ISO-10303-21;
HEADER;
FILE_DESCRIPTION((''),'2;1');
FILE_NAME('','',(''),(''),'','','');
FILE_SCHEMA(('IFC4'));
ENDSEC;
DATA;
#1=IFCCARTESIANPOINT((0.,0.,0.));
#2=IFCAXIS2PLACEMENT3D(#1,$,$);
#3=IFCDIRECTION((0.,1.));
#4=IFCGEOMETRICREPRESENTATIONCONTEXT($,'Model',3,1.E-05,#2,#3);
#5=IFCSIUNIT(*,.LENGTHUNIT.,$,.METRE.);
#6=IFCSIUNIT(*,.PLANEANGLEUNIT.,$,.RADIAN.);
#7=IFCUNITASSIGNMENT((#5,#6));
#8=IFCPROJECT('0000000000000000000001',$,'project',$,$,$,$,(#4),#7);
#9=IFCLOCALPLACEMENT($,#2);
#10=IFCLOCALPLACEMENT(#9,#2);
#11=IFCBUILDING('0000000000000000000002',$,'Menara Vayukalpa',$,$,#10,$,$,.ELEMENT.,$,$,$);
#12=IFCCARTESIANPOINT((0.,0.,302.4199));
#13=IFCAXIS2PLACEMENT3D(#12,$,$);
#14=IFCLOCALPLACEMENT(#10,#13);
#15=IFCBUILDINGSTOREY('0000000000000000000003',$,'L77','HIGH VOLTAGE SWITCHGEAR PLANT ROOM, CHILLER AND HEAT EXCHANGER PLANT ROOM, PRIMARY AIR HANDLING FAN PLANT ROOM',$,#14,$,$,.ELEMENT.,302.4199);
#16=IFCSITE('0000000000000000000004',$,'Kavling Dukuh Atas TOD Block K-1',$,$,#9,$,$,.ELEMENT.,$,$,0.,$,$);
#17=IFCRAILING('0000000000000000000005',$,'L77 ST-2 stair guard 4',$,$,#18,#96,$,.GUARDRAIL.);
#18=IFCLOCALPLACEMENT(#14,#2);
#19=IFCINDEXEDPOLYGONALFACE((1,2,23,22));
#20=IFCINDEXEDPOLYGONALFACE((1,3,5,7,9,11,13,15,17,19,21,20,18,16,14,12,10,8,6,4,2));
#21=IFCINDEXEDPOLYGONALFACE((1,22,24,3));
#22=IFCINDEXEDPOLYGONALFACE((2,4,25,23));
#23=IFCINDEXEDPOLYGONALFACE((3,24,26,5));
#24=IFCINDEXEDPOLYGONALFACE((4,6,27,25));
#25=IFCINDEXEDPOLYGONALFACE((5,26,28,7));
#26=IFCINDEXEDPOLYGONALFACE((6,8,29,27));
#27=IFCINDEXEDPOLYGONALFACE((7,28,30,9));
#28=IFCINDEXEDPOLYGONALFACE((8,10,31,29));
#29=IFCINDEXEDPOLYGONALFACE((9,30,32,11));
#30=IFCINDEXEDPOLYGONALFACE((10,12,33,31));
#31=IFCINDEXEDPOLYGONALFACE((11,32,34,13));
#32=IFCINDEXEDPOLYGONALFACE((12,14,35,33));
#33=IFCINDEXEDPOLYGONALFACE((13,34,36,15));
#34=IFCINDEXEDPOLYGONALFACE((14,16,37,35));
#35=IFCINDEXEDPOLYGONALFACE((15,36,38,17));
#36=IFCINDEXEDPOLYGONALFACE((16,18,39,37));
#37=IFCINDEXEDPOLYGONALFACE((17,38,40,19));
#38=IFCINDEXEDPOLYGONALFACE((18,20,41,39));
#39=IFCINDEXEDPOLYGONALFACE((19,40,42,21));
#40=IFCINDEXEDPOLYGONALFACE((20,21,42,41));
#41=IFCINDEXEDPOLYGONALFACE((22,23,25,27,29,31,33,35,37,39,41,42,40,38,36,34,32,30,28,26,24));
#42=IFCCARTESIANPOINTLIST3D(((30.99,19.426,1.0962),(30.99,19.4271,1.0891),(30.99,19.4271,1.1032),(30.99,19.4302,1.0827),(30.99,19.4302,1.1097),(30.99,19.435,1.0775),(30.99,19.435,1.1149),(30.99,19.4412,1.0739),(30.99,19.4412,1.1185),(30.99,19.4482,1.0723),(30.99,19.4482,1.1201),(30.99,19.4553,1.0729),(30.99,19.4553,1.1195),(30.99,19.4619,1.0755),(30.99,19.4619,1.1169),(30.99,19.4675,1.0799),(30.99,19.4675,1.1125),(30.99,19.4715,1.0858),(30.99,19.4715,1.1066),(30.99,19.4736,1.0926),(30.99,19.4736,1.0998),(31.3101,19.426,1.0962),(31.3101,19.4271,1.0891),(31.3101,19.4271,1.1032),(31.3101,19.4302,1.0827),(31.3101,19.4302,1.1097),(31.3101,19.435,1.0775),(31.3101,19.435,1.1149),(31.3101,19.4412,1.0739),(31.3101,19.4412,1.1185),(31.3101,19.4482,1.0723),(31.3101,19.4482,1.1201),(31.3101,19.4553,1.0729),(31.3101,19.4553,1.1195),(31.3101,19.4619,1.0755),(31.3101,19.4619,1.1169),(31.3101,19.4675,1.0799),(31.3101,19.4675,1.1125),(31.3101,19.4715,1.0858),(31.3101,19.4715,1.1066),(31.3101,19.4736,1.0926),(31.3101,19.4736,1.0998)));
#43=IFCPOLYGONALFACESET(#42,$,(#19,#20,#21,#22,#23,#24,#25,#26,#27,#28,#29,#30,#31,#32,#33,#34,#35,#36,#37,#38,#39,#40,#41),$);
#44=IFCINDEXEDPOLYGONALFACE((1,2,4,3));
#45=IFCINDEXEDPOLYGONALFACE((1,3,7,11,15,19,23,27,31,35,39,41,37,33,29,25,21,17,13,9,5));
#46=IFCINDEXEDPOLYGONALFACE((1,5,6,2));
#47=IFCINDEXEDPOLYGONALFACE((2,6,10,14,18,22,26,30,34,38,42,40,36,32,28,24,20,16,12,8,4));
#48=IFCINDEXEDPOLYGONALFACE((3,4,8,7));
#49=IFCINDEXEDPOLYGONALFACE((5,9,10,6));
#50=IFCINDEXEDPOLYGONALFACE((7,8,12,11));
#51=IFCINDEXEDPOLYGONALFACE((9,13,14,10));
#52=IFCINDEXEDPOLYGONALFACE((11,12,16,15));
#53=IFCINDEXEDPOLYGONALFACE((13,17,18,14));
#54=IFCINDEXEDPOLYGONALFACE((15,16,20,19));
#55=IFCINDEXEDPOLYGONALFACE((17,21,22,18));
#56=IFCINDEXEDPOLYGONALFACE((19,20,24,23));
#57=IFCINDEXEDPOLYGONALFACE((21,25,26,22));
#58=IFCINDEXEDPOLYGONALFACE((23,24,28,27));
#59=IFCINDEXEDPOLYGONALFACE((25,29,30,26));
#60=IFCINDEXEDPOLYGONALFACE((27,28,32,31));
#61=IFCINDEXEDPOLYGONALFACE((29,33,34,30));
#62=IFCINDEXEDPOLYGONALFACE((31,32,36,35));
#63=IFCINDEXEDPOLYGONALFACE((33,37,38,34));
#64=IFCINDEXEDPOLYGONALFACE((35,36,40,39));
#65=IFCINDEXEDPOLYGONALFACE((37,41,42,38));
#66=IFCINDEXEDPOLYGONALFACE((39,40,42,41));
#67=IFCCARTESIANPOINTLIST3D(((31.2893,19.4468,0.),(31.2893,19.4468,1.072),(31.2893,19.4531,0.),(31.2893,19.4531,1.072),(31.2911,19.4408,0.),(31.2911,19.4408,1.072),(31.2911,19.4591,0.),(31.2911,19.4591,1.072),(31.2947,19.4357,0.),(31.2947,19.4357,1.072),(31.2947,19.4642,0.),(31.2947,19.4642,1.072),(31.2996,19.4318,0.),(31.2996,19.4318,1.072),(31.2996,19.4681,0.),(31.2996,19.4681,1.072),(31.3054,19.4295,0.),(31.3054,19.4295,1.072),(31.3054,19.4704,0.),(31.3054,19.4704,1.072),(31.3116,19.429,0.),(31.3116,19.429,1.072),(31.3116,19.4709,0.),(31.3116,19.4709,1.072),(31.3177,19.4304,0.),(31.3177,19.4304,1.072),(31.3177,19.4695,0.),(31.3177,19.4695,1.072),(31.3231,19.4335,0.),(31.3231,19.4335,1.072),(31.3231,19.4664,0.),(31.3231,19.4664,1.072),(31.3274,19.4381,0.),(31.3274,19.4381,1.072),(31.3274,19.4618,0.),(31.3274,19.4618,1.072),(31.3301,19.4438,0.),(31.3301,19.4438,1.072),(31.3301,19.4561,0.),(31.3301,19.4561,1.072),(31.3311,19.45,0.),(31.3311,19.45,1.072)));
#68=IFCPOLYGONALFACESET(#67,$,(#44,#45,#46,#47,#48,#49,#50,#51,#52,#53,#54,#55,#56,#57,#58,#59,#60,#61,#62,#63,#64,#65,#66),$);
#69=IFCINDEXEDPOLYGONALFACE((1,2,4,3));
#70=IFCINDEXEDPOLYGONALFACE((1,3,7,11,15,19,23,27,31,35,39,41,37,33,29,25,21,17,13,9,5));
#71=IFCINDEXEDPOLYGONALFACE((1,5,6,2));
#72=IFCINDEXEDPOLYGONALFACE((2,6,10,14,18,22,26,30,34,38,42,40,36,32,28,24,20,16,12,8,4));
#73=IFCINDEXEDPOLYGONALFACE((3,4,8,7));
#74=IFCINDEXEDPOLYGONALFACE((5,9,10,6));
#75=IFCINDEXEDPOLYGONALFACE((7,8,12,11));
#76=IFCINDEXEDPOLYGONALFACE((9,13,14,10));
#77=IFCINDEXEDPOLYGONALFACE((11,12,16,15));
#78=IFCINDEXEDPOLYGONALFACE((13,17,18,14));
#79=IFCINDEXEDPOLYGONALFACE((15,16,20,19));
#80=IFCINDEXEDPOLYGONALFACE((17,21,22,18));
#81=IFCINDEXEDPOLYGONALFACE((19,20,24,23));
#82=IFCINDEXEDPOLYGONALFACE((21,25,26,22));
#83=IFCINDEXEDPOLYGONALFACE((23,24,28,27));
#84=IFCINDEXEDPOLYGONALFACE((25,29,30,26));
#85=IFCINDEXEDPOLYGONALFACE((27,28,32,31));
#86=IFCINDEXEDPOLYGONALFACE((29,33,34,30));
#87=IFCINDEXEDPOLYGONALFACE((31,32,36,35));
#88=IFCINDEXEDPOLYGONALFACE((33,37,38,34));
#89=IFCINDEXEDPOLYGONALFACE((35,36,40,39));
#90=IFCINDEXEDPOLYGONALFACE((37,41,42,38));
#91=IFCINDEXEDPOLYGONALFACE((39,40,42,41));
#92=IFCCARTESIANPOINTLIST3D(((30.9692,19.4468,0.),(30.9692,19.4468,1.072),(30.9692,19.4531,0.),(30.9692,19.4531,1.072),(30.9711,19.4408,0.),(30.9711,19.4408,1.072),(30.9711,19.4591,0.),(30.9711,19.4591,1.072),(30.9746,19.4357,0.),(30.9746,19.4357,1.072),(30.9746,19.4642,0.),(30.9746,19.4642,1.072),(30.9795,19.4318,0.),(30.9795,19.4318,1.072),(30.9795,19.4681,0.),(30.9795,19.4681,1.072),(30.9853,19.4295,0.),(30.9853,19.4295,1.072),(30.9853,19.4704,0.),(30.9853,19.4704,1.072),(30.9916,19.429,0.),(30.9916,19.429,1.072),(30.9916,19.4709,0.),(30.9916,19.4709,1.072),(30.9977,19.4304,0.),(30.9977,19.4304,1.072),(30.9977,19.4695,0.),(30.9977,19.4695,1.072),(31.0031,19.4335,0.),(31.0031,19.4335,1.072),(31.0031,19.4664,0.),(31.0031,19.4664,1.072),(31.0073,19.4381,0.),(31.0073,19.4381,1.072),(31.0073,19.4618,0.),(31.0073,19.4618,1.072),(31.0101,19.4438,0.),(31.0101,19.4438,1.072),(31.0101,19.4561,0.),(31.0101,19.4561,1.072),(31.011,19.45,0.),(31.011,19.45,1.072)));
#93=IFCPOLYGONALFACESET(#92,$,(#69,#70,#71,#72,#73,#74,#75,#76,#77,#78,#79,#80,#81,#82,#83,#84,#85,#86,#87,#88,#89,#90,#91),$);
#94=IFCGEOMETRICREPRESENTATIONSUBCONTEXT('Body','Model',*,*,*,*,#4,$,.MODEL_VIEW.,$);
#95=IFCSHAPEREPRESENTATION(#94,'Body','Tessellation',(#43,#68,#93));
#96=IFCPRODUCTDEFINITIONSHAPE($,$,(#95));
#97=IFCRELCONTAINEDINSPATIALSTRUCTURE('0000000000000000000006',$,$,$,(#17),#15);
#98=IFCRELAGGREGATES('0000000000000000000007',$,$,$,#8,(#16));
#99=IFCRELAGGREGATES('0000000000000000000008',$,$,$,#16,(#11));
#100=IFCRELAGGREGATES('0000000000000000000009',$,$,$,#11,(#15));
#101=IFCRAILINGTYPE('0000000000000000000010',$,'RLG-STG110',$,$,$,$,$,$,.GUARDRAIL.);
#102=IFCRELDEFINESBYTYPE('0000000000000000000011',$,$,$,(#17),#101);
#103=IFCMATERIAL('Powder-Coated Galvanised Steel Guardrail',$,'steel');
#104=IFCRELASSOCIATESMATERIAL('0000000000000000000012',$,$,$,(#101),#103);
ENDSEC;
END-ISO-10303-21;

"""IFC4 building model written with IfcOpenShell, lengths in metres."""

from ifc_helpers import new_model, si_unit, direction, frame, origin, origin_2d, place, context, subcontext, project, spatial, circle, extrude, material, type_object, element, save


model = new_model("IFC4")

# Units and contexts
model_context = context("Model", 3, precision=1e-05, world=origin(), true_north=direction((0.0, 1.0)))
body_context = subcontext(model_context, "Body", "Model", "MODEL_VIEW")
ifc_project = project(units=[si_unit("LENGTHUNIT", "METRE"), si_unit("PLANEANGLEUNIT", "RADIAN")], contexts=[model_context])

# Site, building, storey
site_placement = place(None, origin())
site = spatial("IfcSite", under=ifc_project, at=site_placement, Name="Kavling Dukuh Atas TOD Block K-1", CompositionType="ELEMENT", RefElevation=0.0)
building_placement = place(site_placement, origin())
building = spatial("IfcBuilding", under=site, at=building_placement, Name="Menara Vayukalpa", CompositionType="ELEMENT")
storey_placement = place(building_placement, frame((0.0, 0.0, 302.4199)))
storey = spatial("IfcBuildingStorey", under=building, at=storey_placement, Name="L77", Description="HIGH VOLTAGE SWITCHGEAR PLANT ROOM, CHILLER AND HEAT EXCHANGER PLANT ROOM, PRIMARY AIR HANDLING FAN PLANT ROOM", CompositionType="ELEMENT", Elevation=302.4199)

# Railing
ifc_material_1 = material(Name="Powder-Coated Galvanised Steel Guardrail", Category="steel")
railing_type_1 = type_object("IfcRailingType", Name="RLG-STG110", PredefinedType="GUARDRAIL", material=ifc_material_1)
railing_1_placement = place(storey_placement, frame((31.3101, 19.45, 0.0)))
element("IfcRailing", 1, at=railing_1_placement, inside=storey, type_object=railing_type_1, Name="L77 ST-2 stair guard 4", PredefinedType="GUARDRAIL", context=body_context, shape_type="SweptSolid", body=[
    extrude(circle(Radius=0.0239, at=origin_2d()), frame((0.0, 0.0, 1.0962), z_axis=(-1.0, 0.0, 0.0), x_axis=(0.0, -1.0, 0.0)), (0.0, 0.0, 1.0), 0.3201),
    extrude(circle(Radius=0.021, at=origin_2d()), origin(), (0.0, 0.0, 1.0), 1.072),
    extrude(circle(Radius=0.021, at=origin_2d()), frame((-0.3201, 0.0, 0.0)), (0.0, 0.0, 1.0), 1.072),
])

save(model, "model.ifc")
